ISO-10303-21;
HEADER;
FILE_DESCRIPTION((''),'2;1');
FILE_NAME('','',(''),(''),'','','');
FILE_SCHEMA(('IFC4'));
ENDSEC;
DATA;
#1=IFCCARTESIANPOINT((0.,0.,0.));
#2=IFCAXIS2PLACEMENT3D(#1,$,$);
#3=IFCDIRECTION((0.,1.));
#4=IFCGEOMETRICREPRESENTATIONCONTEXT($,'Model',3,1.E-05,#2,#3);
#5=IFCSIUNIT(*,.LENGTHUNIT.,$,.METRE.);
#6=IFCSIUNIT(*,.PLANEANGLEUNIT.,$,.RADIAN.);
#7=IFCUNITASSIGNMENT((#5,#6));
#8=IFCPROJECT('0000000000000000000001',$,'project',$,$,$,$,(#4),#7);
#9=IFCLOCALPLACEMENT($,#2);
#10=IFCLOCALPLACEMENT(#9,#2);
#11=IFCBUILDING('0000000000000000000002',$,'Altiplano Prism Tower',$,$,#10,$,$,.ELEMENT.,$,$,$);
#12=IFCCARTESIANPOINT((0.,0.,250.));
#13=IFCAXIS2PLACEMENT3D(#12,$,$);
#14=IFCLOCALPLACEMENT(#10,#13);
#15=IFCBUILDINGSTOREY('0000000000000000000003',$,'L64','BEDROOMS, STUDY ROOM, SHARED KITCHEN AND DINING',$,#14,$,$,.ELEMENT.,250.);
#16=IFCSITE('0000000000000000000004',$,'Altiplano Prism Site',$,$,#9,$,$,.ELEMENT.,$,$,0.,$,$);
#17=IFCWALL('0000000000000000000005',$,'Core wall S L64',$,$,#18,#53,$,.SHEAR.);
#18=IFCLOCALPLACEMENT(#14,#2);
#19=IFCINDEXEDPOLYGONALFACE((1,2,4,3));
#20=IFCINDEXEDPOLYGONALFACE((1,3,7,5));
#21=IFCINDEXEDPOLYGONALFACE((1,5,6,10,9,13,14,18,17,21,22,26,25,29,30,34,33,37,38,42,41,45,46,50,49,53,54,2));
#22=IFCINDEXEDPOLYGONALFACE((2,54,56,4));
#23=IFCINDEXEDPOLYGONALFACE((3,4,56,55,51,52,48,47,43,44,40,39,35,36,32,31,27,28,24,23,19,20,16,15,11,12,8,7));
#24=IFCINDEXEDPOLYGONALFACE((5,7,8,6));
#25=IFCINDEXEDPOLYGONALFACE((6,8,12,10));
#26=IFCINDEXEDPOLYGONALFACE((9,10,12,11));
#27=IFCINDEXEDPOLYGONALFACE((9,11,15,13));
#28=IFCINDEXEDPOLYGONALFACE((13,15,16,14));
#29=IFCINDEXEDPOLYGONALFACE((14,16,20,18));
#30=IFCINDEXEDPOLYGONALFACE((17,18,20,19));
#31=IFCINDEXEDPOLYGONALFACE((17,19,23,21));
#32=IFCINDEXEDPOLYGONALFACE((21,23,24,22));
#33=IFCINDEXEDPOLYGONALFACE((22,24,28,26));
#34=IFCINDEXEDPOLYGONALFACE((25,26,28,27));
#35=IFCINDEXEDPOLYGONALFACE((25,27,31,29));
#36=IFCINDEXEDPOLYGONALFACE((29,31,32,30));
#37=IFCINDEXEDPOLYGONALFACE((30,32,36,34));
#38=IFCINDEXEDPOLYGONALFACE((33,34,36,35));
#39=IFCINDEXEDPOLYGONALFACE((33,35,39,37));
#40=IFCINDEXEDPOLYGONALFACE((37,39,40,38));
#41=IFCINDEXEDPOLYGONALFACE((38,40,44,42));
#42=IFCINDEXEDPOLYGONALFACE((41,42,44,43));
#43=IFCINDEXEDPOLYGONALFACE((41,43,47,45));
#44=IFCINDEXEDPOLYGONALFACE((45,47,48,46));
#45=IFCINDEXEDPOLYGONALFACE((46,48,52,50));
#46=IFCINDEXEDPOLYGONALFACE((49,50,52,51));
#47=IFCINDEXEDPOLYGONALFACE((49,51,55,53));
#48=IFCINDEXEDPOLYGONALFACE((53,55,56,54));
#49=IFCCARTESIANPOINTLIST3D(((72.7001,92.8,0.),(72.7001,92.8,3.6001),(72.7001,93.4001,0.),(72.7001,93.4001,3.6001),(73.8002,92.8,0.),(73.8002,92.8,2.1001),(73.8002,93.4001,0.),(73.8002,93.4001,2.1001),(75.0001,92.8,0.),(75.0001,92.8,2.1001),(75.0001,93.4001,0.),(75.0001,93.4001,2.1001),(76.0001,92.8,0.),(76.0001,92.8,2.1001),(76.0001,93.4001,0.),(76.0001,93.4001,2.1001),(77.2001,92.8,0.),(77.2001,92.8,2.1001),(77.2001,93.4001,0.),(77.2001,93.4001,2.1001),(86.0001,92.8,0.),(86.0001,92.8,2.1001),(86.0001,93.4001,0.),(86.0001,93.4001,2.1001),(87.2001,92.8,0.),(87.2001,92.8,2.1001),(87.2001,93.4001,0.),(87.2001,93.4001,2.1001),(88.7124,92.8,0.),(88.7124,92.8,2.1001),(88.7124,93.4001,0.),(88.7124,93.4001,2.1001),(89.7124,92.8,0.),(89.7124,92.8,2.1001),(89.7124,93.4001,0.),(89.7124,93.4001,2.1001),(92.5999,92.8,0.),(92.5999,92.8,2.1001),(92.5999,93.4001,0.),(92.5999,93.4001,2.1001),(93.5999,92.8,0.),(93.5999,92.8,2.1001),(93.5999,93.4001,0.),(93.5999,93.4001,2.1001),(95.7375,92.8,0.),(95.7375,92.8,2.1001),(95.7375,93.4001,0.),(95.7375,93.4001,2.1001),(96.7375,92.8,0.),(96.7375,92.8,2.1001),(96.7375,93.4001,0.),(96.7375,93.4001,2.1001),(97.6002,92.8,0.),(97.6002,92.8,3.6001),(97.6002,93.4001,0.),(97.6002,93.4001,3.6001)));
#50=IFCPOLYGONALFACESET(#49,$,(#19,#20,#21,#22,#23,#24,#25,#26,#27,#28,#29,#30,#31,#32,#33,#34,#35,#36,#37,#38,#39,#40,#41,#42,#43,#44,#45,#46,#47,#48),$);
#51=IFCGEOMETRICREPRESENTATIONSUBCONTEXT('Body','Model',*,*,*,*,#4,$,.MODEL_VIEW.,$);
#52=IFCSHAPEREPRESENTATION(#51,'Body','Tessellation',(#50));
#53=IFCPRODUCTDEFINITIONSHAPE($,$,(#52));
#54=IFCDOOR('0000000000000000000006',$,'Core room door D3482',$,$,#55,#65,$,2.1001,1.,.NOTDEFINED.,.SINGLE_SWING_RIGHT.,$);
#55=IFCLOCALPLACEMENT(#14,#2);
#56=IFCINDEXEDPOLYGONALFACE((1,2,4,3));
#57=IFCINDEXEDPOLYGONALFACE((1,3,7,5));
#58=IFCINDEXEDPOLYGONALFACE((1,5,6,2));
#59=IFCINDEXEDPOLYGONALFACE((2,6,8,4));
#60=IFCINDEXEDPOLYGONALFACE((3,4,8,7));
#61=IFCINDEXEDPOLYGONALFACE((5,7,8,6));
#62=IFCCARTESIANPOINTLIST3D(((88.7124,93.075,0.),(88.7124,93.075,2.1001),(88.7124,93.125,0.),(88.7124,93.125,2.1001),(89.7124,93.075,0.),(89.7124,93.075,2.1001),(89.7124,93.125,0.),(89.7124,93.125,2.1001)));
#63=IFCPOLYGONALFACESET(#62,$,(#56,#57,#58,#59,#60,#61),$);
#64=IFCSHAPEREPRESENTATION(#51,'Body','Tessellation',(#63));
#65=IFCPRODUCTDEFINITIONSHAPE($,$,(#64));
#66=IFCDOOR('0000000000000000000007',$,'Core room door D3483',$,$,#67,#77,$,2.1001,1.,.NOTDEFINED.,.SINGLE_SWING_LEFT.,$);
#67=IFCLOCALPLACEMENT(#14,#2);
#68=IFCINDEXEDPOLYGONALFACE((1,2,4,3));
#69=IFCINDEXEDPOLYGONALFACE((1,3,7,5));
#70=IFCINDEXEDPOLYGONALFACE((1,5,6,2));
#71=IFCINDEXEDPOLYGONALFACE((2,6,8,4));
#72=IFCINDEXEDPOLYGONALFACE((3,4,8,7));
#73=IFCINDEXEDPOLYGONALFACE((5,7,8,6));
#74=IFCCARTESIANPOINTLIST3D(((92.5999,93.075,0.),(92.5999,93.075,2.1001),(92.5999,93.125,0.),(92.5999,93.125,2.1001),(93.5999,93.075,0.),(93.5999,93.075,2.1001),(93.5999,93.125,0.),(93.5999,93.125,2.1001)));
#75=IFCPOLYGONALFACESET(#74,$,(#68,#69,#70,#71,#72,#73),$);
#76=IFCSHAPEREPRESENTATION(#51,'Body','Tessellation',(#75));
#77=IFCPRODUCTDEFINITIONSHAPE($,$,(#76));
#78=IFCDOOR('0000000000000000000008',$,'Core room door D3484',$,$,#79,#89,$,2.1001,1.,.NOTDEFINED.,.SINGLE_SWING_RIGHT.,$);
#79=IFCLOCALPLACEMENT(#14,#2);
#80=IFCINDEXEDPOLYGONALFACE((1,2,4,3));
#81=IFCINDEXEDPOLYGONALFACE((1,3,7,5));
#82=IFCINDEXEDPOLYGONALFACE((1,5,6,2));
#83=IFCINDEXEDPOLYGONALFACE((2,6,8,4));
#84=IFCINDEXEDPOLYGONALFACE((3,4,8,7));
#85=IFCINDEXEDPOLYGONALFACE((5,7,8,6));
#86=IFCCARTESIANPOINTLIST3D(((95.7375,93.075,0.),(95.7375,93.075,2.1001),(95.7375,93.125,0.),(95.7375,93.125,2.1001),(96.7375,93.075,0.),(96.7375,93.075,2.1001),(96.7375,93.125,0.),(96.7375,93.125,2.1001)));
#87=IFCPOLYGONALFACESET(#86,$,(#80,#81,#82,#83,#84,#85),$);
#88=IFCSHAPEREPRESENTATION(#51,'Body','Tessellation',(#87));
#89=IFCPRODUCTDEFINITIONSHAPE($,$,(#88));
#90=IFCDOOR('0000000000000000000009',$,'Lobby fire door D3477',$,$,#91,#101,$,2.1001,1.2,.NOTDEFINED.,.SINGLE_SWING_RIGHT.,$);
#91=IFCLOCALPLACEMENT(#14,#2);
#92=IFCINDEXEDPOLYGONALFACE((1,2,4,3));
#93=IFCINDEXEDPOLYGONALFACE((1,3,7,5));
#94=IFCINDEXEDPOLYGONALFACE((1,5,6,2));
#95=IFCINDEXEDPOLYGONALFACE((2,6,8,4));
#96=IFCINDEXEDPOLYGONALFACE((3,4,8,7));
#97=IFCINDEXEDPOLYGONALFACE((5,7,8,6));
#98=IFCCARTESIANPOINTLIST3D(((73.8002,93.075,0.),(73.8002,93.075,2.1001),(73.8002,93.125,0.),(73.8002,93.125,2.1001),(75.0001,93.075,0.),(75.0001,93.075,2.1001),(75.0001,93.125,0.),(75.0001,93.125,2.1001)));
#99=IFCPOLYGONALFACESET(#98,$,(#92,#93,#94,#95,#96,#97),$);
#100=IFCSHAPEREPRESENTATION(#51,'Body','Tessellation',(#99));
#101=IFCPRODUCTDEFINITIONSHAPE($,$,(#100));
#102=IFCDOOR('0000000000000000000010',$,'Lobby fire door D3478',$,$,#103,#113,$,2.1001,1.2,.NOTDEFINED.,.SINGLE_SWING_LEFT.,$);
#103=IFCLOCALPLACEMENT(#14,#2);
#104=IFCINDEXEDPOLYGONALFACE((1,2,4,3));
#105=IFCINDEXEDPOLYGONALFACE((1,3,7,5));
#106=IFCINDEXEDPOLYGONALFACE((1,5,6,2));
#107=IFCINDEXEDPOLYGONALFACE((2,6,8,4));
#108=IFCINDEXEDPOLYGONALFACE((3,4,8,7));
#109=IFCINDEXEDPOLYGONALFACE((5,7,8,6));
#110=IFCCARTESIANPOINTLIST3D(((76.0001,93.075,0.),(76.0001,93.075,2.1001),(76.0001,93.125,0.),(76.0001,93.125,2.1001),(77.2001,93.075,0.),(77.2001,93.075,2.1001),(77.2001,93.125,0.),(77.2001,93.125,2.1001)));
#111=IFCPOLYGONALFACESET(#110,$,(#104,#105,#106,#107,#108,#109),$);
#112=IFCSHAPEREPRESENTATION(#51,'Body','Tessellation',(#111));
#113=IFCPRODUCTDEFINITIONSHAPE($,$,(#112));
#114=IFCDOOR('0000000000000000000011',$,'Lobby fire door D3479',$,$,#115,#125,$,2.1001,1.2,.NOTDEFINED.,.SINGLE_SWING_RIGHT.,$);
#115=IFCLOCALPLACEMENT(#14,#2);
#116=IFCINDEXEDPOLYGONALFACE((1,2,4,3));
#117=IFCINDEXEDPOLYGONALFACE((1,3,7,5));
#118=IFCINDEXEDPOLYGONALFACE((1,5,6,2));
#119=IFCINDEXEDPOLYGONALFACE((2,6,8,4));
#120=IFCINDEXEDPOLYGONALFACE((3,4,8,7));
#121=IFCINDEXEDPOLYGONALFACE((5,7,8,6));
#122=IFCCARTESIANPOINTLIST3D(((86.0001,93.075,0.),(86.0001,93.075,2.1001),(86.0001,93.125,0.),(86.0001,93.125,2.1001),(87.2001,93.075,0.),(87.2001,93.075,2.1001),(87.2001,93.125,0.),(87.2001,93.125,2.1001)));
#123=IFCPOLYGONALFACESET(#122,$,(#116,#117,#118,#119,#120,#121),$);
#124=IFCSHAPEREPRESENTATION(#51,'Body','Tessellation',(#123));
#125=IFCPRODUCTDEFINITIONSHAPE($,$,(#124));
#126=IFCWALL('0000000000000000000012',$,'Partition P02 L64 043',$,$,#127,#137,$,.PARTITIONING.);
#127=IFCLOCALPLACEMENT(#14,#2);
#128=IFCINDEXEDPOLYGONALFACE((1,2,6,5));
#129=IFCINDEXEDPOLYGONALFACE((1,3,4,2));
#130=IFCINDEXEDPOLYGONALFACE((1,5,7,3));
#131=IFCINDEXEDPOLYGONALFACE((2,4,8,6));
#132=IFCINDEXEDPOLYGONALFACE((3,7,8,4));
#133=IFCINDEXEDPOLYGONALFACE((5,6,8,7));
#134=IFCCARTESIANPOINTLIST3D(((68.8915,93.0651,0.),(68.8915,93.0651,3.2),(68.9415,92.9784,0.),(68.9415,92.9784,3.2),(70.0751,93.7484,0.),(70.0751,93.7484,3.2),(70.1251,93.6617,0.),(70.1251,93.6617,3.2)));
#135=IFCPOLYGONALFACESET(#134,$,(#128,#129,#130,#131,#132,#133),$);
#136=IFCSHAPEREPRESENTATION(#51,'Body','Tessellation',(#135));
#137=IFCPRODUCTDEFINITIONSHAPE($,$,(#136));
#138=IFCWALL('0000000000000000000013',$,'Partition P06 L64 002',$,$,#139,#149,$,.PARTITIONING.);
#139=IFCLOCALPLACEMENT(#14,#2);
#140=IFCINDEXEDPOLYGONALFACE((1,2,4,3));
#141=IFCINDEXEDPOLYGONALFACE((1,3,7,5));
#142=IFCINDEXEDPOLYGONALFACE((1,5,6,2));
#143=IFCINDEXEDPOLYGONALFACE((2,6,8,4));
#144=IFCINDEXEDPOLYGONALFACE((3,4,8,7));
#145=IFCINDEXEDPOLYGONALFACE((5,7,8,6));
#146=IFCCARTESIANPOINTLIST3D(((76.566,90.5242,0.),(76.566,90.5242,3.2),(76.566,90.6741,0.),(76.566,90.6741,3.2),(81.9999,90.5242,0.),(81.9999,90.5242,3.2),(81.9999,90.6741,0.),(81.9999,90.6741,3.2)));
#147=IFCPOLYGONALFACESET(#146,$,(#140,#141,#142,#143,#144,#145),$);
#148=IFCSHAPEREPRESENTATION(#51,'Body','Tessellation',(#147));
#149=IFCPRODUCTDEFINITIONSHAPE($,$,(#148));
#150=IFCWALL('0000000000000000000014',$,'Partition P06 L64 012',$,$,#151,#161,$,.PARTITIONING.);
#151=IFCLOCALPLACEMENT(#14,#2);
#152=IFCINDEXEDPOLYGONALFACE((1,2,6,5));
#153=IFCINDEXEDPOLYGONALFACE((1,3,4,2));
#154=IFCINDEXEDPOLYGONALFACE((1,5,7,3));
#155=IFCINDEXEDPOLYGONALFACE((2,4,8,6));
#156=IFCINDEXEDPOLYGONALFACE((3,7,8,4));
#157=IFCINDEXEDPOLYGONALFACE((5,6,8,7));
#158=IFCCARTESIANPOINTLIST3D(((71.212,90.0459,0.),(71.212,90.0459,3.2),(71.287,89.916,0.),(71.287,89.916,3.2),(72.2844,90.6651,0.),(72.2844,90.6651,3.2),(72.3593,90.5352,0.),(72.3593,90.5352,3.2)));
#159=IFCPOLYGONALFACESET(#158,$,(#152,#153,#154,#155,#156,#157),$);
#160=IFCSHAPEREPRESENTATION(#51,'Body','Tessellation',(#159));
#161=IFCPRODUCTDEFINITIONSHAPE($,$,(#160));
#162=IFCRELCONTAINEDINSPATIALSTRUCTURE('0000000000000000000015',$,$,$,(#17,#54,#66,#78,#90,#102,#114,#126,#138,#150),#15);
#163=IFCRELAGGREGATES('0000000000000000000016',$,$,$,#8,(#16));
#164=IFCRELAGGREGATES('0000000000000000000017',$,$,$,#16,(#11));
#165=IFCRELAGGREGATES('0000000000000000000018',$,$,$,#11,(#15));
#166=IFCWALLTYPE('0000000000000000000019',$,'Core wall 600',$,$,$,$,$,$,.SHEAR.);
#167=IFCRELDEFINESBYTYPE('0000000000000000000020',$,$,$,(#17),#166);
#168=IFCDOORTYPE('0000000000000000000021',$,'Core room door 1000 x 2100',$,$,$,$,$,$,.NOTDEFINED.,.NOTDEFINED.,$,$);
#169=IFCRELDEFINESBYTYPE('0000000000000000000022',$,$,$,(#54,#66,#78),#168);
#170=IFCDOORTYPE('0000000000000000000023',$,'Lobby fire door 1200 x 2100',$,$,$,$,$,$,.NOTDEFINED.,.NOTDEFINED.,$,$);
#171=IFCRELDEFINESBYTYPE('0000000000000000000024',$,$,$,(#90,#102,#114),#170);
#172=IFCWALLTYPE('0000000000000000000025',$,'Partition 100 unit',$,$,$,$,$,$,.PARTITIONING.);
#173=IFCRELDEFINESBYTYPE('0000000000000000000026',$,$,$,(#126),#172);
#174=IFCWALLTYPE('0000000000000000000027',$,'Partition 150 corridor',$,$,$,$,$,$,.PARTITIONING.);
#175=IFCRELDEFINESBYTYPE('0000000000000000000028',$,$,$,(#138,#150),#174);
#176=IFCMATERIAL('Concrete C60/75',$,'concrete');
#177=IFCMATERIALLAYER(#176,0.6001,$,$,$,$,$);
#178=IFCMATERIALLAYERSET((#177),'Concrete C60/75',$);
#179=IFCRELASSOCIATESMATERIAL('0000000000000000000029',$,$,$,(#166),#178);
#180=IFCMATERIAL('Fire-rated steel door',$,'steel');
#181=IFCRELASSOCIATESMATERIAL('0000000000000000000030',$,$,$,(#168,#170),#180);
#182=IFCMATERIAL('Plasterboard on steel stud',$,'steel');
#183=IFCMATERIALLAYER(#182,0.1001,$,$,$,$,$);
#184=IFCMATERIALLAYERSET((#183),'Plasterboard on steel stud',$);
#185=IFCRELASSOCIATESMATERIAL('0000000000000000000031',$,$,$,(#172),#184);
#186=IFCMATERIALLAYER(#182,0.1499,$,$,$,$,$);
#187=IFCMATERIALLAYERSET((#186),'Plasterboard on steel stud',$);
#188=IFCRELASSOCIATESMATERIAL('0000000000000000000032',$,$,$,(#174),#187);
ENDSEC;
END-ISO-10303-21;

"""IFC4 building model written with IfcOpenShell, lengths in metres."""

from ifc_helpers import new_model, si_unit, direction, frame, frame_2d, origin, place, context, subcontext, project, spatial, rectangle, extrude, material, layer, layer_set, type_object, element, fill, save


model = new_model("IFC4")

# Units and contexts
model_context = context("Model", 3, precision=1e-05, world=origin(), true_north=direction((0.0, 1.0)))
body_context = subcontext(model_context, "Body", "Model", "MODEL_VIEW")
ifc_project = project(units=[si_unit("LENGTHUNIT", "METRE"), si_unit("PLANEANGLEUNIT", "RADIAN")], contexts=[model_context])

# Site, building, storey
site_placement = place(None, origin())
site = spatial("IfcSite", under=ifc_project, at=site_placement, Name="Altiplano Prism Site", CompositionType="ELEMENT", RefElevation=0.0)
building_placement = place(site_placement, origin())
building = spatial("IfcBuilding", under=site, at=building_placement, Name="Altiplano Prism Tower", CompositionType="ELEMENT")
storey_placement = place(building_placement, frame((0.0, 0.0, 250.0)))
storey = spatial("IfcBuildingStorey", under=building, at=storey_placement, Name="L64", Description="BEDROOMS, STUDY ROOM, SHARED KITCHEN AND DINING", CompositionType="ELEMENT", Elevation=250.0)

# Wall, openings, doors
ifc_material_1 = material(Name="Concrete C60/75", Category="concrete")
ifc_layer_1 = layer(ifc_material_1, 0.6001)
ifc_layer_set_1 = layer_set([ifc_layer_1], Name="Concrete C60/75")
wall_type_1 = type_object("IfcWallType", Name="Core wall 600", PredefinedType="SHEAR", material=ifc_layer_set_1)
wall_1_placement = place(storey_placement, frame((72.7, 93.1001, 0.0), z_axis=(0.0, 0.0, 1.0), x_axis=(1.0, 0.0, 0.0)))
wall_1 = element("IfcWall", 1, at=wall_1_placement, inside=storey, type_object=wall_type_1, Name="Core wall S L64", PredefinedType="SHEAR", context=body_context, shape_type="SweptSolid", body=[
    extrude(rectangle(XDim=24.9001, YDim=0.6001, at=frame_2d((12.4502, 0.0))), origin(), (0.0, 0.0, 1.0), 3.6001),
])
opening_1_placement = place(wall_1_placement, frame((1.1001, 0.0, 0.0)))
opening_1 = element("IfcOpeningElement", 2, at=opening_1_placement, cuts=wall_1, PredefinedType="OPENING", context=body_context, shape_type="SweptSolid", body=[
    extrude(rectangle(XDim=1.2, YDim=2.1001, at=frame_2d((0.6001, 1.05))), frame((0.0, 0.3105, 0.0), z_axis=(0.0, -1.0, 0.0), x_axis=(1.0, 0.0, 0.0)), (0.0, 0.0, 1.0), 0.6211),
])
opening_2_placement = place(wall_1_placement, frame((3.3, 0.0, 0.0)))
opening_2 = element("IfcOpeningElement", 3, at=opening_2_placement, cuts=wall_1, PredefinedType="OPENING", context=body_context, shape_type="SweptSolid", body=[
    extrude(rectangle(XDim=1.2, YDim=2.1001, at=frame_2d((0.6001, 1.05))), frame((0.0, 0.3105, 0.0), z_axis=(0.0, -1.0, 0.0), x_axis=(1.0, 0.0, 0.0)), (0.0, 0.0, 1.0), 0.6211),
])
opening_3_placement = place(wall_1_placement, frame((13.3, 0.0, 0.0)))
opening_3 = element("IfcOpeningElement", 4, at=opening_3_placement, cuts=wall_1, PredefinedType="OPENING", context=body_context, shape_type="SweptSolid", body=[
    extrude(rectangle(XDim=1.2, YDim=2.1001, at=frame_2d((0.6001, 1.05))), frame((0.0, 0.3105, 0.0), z_axis=(0.0, -1.0, 0.0), x_axis=(1.0, 0.0, 0.0)), (0.0, 0.0, 1.0), 0.6211),
])
opening_4_placement = place(wall_1_placement, frame((16.0125, 0.0, 0.0)))
opening_4 = element("IfcOpeningElement", 5, at=opening_4_placement, cuts=wall_1, PredefinedType="OPENING", context=body_context, shape_type="SweptSolid", body=[
    extrude(rectangle(XDim=1.0, YDim=2.1001, at=frame_2d((0.5, 1.05))), frame((0.0, 0.3105, 0.0), z_axis=(0.0, -1.0, 0.0), x_axis=(1.0, 0.0, 0.0)), (0.0, 0.0, 1.0), 0.6211),
])
opening_5_placement = place(wall_1_placement, frame((19.8999, 0.0, 0.0)))
opening_5 = element("IfcOpeningElement", 6, at=opening_5_placement, cuts=wall_1, PredefinedType="OPENING", context=body_context, shape_type="SweptSolid", body=[
    extrude(rectangle(XDim=1.0, YDim=2.1001, at=frame_2d((0.5, 1.05))), frame((0.0, 0.3105, 0.0), z_axis=(0.0, -1.0, 0.0), x_axis=(1.0, 0.0, 0.0)), (0.0, 0.0, 1.0), 0.6211),
])
opening_6_placement = place(wall_1_placement, frame((23.0376, 0.0, 0.0)))
opening_6 = element("IfcOpeningElement", 7, at=opening_6_placement, cuts=wall_1, PredefinedType="OPENING", context=body_context, shape_type="SweptSolid", body=[
    extrude(rectangle(XDim=1.0, YDim=2.1001, at=frame_2d((0.5, 1.05))), frame((0.0, 0.3105, 0.0), z_axis=(0.0, -1.0, 0.0), x_axis=(1.0, 0.0, 0.0)), (0.0, 0.0, 1.0), 0.6211),
])
ifc_material_2 = material(Name="Fire-rated steel door", Category="steel")
door_type_1 = type_object("IfcDoorType", Name="Core room door 1000 x 2100", OperationType="NOTDEFINED", PredefinedType="NOTDEFINED", material=ifc_material_2)
door_1_placement = place(opening_4_placement, origin())
door_1 = element("IfcDoor", 8, at=door_1_placement, inside=storey, type_object=door_type_1, Name="Core room door D3482", OperationType="SINGLE_SWING_RIGHT", OverallHeight=2.1001, OverallWidth=1.0, PredefinedType="NOTDEFINED", context=body_context, shape_type="SweptSolid", body=[
    extrude(rectangle(XDim=1.0, YDim=2.1001, at=frame_2d((0.5, 1.05))), frame((0.0, 0.0249, 0.0), z_axis=(0.0, -1.0, 0.0), x_axis=(1.0, 0.0, 0.0)), (0.0, 0.0, 1.0), 0.05),
])
fill(opening_4, door_1)
door_2_placement = place(opening_5_placement, origin())
door_2 = element("IfcDoor", 9, at=door_2_placement, inside=storey, type_object=door_type_1, Name="Core room door D3483", OperationType="SINGLE_SWING_LEFT", OverallHeight=2.1001, OverallWidth=1.0, PredefinedType="NOTDEFINED", context=body_context, shape_type="SweptSolid", body=[
    extrude(rectangle(XDim=1.0, YDim=2.1001, at=frame_2d((0.5, 1.05))), frame((0.0, 0.0249, 0.0), z_axis=(0.0, -1.0, 0.0), x_axis=(1.0, 0.0, 0.0)), (0.0, 0.0, 1.0), 0.05),
])
fill(opening_5, door_2)
door_3_placement = place(opening_6_placement, origin())
door_3 = element("IfcDoor", 10, at=door_3_placement, inside=storey, type_object=door_type_1, Name="Core room door D3484", OperationType="SINGLE_SWING_RIGHT", OverallHeight=2.1001, OverallWidth=1.0, PredefinedType="NOTDEFINED", context=body_context, shape_type="SweptSolid", body=[
    extrude(rectangle(XDim=1.0, YDim=2.1001, at=frame_2d((0.5, 1.05))), frame((0.0, 0.0249, 0.0), z_axis=(0.0, -1.0, 0.0), x_axis=(1.0, 0.0, 0.0)), (0.0, 0.0, 1.0), 0.05),
])
fill(opening_6, door_3)
door_type_2 = type_object("IfcDoorType", Name="Lobby fire door 1200 x 2100", OperationType="NOTDEFINED", PredefinedType="NOTDEFINED", material=ifc_material_2)
door_4_placement = place(opening_1_placement, origin())
door_4 = element("IfcDoor", 11, at=door_4_placement, inside=storey, type_object=door_type_2, Name="Lobby fire door D3477", OperationType="SINGLE_SWING_RIGHT", OverallHeight=2.1001, OverallWidth=1.2, PredefinedType="NOTDEFINED", context=body_context, shape_type="SweptSolid", body=[
    extrude(rectangle(XDim=1.2, YDim=2.1001, at=frame_2d((0.6001, 1.05))), frame((0.0, 0.0249, 0.0), z_axis=(0.0, -1.0, 0.0), x_axis=(1.0, 0.0, 0.0)), (0.0, 0.0, 1.0), 0.05),
])
fill(opening_1, door_4)
door_5_placement = place(opening_2_placement, origin())
door_5 = element("IfcDoor", 12, at=door_5_placement, inside=storey, type_object=door_type_2, Name="Lobby fire door D3478", OperationType="SINGLE_SWING_LEFT", OverallHeight=2.1001, OverallWidth=1.2, PredefinedType="NOTDEFINED", context=body_context, shape_type="SweptSolid", body=[
    extrude(rectangle(XDim=1.2, YDim=2.1001, at=frame_2d((0.6001, 1.05))), frame((0.0, 0.0249, 0.0), z_axis=(0.0, -1.0, 0.0), x_axis=(1.0, 0.0, 0.0)), (0.0, 0.0, 1.0), 0.05),
])
fill(opening_2, door_5)
door_6_placement = place(opening_3_placement, origin())
door_6 = element("IfcDoor", 13, at=door_6_placement, inside=storey, type_object=door_type_2, Name="Lobby fire door D3479", OperationType="SINGLE_SWING_RIGHT", OverallHeight=2.1001, OverallWidth=1.2, PredefinedType="NOTDEFINED", context=body_context, shape_type="SweptSolid", body=[
    extrude(rectangle(XDim=1.2, YDim=2.1001, at=frame_2d((0.6001, 1.05))), frame((0.0, 0.0249, 0.0), z_axis=(0.0, -1.0, 0.0), x_axis=(1.0, 0.0, 0.0)), (0.0, 0.0, 1.0), 0.05),
])
fill(opening_3, door_6)

# Walls
ifc_material_3 = material(Name="Plasterboard on steel stud", Category="steel")
ifc_layer_2 = layer(ifc_material_3, 0.1001)
ifc_layer_set_2 = layer_set([ifc_layer_2], Name="Plasterboard on steel stud")
wall_type_2 = type_object("IfcWallType", Name="Partition 100 unit", PredefinedType="PARTITIONING", material=ifc_layer_set_2)
wall_2_placement = place(storey_placement, frame((70.1001, 93.7051, 0.0), z_axis=(0.0, 0.0, 1.0), x_axis=(-0.866025, -0.500001, 0.0)))
element("IfcWall", 14, at=wall_2_placement, inside=storey, type_object=wall_type_2, Name="Partition P02 L64 043", PredefinedType="PARTITIONING", context=body_context, shape_type="SweptSolid", body=[
    extrude(rectangle(XDim=1.3667, YDim=0.1001, at=frame_2d((0.6833, 0.0))), origin(), (0.0, 0.0, 1.0), 3.2),
])
ifc_layer_3 = layer(ifc_material_3, 0.1499)
ifc_layer_set_3 = layer_set([ifc_layer_3], Name="Plasterboard on steel stud")
wall_type_3 = type_object("IfcWallType", Name="Partition 150 corridor", PredefinedType="PARTITIONING", material=ifc_layer_set_3)
wall_3_placement = place(storey_placement, frame((76.5662, 90.5991, 0.0), z_axis=(0.0, 0.0, 1.0), x_axis=(1.0, 0.0, 0.0)))
element("IfcWall", 15, at=wall_3_placement, inside=storey, type_object=wall_type_3, Name="Partition P06 L64 002", PredefinedType="PARTITIONING", context=body_context, shape_type="SweptSolid", body=[
    extrude(rectangle(XDim=5.4338, YDim=0.1499, at=frame_2d((2.7168, 0.0))), origin(), (0.0, 0.0, 1.0), 3.2),
])
wall_4_placement = place(storey_placement, frame((71.2495, 89.981, 0.0), z_axis=(0.0, 0.0, 1.0), x_axis=(0.866002, 0.500041, 0.0)))
element("IfcWall", 16, at=wall_4_placement, inside=storey, type_object=wall_type_3, Name="Partition P06 L64 012", PredefinedType="PARTITIONING", context=body_context, shape_type="SweptSolid", body=[
    extrude(rectangle(XDim=1.2383, YDim=0.1499, at=frame_2d((0.6191, 0.0))), origin(), (0.0, 0.0, 1.0), 3.2),
])

save(model, "model.ifc")
